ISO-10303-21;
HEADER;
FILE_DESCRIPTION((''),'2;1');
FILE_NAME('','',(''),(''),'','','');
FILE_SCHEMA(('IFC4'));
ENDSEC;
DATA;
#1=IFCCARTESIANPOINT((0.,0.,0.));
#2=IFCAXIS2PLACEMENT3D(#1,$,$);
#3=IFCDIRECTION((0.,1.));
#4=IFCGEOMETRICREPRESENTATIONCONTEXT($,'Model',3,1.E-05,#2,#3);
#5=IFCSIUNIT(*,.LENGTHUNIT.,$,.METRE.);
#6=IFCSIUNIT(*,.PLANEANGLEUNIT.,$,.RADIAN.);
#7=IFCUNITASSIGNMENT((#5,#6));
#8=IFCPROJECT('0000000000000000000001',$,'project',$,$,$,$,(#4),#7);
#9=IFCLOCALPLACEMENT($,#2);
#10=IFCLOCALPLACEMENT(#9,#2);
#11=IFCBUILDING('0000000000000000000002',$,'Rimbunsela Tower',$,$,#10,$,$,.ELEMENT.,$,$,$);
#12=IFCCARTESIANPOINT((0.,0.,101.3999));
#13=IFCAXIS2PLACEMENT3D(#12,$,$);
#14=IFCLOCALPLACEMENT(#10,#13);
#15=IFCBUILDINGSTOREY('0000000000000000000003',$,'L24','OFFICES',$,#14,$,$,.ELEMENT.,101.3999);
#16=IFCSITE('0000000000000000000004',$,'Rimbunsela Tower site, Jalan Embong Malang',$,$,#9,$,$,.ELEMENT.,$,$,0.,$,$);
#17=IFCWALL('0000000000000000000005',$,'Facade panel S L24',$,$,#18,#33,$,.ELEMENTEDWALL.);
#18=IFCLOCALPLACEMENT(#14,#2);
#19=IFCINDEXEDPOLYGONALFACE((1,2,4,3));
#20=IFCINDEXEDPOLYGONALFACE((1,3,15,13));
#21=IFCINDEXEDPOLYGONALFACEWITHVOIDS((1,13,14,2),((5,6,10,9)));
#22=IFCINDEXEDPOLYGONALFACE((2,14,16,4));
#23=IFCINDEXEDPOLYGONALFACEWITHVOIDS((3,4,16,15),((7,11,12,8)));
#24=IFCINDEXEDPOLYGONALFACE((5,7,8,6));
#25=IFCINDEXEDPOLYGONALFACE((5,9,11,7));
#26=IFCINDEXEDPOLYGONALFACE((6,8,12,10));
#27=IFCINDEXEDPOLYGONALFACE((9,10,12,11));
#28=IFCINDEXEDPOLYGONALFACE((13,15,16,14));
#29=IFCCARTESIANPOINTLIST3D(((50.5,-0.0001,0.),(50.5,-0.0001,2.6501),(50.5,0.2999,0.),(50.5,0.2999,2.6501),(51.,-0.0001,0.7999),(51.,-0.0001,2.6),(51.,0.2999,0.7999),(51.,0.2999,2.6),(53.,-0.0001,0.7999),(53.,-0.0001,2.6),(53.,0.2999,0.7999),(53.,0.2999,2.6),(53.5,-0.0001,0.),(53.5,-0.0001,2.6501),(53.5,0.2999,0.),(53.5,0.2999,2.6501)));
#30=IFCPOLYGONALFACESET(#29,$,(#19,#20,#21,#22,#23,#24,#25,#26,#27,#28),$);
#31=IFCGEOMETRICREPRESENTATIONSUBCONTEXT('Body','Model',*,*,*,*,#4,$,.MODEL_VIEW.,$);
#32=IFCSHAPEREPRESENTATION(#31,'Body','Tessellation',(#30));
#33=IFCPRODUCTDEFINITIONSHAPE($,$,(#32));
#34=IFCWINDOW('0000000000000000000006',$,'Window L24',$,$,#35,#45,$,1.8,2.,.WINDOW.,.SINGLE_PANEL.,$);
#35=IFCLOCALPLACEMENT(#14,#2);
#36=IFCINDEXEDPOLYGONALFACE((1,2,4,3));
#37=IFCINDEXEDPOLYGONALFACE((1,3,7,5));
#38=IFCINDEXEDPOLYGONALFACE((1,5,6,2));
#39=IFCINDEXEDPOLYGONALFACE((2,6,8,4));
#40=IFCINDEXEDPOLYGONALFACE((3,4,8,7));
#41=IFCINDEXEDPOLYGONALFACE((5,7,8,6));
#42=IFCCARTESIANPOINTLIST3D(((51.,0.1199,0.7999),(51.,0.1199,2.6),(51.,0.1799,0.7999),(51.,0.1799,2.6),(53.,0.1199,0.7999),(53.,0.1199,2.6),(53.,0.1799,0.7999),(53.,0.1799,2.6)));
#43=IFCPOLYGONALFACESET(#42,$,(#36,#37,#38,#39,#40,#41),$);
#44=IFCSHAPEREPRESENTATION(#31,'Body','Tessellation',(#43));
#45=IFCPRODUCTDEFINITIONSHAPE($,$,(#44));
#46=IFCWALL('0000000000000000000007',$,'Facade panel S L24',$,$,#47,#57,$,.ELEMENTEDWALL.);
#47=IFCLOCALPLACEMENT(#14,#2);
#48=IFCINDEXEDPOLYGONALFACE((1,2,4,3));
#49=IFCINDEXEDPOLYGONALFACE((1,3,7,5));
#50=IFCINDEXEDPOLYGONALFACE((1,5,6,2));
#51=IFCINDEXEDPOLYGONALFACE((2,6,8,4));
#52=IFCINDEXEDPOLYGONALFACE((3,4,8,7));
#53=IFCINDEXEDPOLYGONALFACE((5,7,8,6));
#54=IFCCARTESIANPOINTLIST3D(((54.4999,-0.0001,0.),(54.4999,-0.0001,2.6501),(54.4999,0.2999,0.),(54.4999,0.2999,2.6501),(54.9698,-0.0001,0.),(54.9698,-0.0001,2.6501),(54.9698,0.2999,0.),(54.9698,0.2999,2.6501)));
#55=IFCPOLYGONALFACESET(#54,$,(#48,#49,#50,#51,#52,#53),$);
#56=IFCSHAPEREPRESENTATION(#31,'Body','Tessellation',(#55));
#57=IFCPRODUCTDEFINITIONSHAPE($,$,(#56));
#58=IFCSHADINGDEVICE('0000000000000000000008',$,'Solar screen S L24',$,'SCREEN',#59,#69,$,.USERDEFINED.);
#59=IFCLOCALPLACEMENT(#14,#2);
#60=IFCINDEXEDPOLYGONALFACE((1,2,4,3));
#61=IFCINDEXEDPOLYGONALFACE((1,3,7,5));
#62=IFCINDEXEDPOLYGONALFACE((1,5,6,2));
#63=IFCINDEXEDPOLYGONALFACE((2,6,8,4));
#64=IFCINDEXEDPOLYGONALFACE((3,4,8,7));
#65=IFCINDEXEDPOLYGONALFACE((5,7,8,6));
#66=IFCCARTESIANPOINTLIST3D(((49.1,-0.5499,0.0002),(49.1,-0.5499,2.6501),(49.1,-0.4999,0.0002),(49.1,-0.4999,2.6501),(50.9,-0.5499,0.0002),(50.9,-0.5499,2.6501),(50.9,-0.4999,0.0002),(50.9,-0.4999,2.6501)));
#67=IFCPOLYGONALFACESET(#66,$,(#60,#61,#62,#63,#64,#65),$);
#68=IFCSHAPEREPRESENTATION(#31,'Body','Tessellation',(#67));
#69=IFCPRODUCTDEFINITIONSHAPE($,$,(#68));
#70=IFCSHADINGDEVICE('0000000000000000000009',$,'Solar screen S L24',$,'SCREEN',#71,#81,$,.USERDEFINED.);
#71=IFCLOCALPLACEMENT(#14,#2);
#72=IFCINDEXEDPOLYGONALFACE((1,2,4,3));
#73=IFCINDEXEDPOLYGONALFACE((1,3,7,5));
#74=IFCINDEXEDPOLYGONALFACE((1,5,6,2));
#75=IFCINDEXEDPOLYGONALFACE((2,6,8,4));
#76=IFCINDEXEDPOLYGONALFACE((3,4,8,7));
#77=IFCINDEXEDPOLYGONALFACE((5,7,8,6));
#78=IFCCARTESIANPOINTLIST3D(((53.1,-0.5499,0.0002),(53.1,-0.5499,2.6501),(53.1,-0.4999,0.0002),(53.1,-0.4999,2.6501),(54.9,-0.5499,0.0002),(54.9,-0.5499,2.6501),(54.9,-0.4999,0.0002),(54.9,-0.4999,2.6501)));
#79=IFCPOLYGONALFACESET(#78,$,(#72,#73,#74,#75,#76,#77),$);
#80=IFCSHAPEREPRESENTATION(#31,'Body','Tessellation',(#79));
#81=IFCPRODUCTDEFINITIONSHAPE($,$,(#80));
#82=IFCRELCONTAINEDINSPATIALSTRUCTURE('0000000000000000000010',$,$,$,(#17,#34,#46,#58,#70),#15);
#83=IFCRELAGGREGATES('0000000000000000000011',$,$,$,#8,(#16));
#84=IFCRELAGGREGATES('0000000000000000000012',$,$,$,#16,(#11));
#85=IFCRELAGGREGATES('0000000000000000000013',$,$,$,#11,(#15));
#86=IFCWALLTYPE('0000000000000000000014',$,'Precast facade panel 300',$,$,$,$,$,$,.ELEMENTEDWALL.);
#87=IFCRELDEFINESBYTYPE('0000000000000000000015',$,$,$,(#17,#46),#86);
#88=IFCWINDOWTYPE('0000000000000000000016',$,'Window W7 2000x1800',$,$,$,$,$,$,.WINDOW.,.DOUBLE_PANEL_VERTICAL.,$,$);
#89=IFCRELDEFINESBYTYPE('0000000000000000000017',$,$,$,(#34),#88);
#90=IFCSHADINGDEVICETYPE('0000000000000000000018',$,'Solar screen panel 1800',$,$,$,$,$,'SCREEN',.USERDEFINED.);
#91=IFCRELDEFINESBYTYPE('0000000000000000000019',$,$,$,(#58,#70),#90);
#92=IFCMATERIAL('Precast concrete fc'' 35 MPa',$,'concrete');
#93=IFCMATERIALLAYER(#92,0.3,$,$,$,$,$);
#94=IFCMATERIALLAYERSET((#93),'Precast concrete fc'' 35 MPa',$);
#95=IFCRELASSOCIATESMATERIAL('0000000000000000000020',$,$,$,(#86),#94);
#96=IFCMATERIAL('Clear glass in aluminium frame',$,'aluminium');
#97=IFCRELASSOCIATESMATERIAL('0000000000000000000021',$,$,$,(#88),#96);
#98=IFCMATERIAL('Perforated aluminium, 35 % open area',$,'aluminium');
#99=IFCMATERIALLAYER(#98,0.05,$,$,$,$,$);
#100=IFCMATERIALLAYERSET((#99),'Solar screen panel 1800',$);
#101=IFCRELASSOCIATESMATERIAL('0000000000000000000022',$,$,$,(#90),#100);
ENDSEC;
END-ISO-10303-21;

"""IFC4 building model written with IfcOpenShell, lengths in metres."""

from ifc_helpers import new_model, si_unit, direction, frame, frame_2d, origin, origin_2d, place, context, subcontext, project, spatial, rectangle, extrude, material, layer, layer_set, type_object, element, fill, save


model = new_model("IFC4")

# Units and contexts
model_context = context("Model", 3, precision=1e-05, world=origin(), true_north=direction((0.0, 1.0)))
body_context = subcontext(model_context, "Body", "Model", "MODEL_VIEW")
ifc_project = project(units=[si_unit("LENGTHUNIT", "METRE"), si_unit("PLANEANGLEUNIT", "RADIAN")], contexts=[model_context])

# Site, building, storey
site_placement = place(None, origin())
site = spatial("IfcSite", under=ifc_project, at=site_placement, Name="Rimbunsela Tower site, Jalan Embong Malang", CompositionType="ELEMENT", RefElevation=0.0)
building_placement = place(site_placement, origin())
building = spatial("IfcBuilding", under=site, at=building_placement, Name="Rimbunsela Tower", CompositionType="ELEMENT")
storey_placement = place(building_placement, frame((0.0, 0.0, 101.3999)))
storey = spatial("IfcBuildingStorey", under=building, at=storey_placement, Name="L24", Description="OFFICES", CompositionType="ELEMENT", Elevation=101.3999)

# Wall, opening, window
ifc_material_1 = material(Name="Precast concrete fc' 35 MPa", Category="concrete")
ifc_layer_1 = layer(ifc_material_1, 0.3)
ifc_layer_set_1 = layer_set([ifc_layer_1], Name="Precast concrete fc' 35 MPa")
wall_type_1 = type_object("IfcWallType", Name="Precast facade panel 300", PredefinedType="ELEMENTEDWALL", material=ifc_layer_set_1)
ifc_material_2 = material(Name="Clear glass in aluminium frame", Category="aluminium")
window_type = type_object("IfcWindowType", Name="Window W7 2000x1800", PartitioningType="DOUBLE_PANEL_VERTICAL", PredefinedType="WINDOW", material=ifc_material_2)
wall_1_placement = place(storey_placement, frame((50.5, 0.1499, 0.0), z_axis=(0.0, 0.0, 1.0), x_axis=(1.0, 0.0, 0.0)))
wall_1 = element("IfcWall", 1, at=wall_1_placement, inside=storey, type_object=wall_type_1, Name="Facade panel S L24", PredefinedType="ELEMENTEDWALL", context=body_context, shape_type="SweptSolid", body=[
    extrude(rectangle(XDim=3.0, YDim=0.3, at=frame_2d((1.5, 0.0))), origin(), (0.0, 0.0, 1.0), 2.6501),
])
opening_1_placement = place(wall_1_placement, frame((0.5, 0.0, 0.8)))
opening_1 = element("IfcOpeningElement", 2, at=opening_1_placement, cuts=wall_1, PredefinedType="OPENING", context=body_context, shape_type="SweptSolid", body=[
    extrude(rectangle(XDim=2.0, YDim=1.8, at=frame_2d((1.0, 0.8999))), frame((0.0, 0.1599, 0.0), z_axis=(0.0, -1.0, 0.0), x_axis=(1.0, 0.0, 0.0)), (0.0, 0.0, 1.0), 0.3201),
])
window_1_placement = place(opening_1_placement, origin())
window_1 = element("IfcWindow", 3, at=window_1_placement, inside=storey, type_object=window_type, Name="Window L24", OverallHeight=1.8, OverallWidth=2.0, PartitioningType="SINGLE_PANEL", PredefinedType="WINDOW", context=body_context, shape_type="SweptSolid", body=[
    extrude(rectangle(XDim=2.0, YDim=1.8, at=frame_2d((1.0, 0.8999))), frame((0.0, 0.03, 0.0), z_axis=(0.0, -1.0, 0.0), x_axis=(1.0, 0.0, 0.0)), (0.0, 0.0, 1.0), 0.0601),
])
fill(opening_1, window_1)

# Wall
wall_2_placement = place(storey_placement, frame((54.5, 0.1499, 0.0), z_axis=(0.0, 0.0, 1.0), x_axis=(1.0, 0.0, 0.0)))
element("IfcWall", 4, at=wall_2_placement, inside=storey, type_object=wall_type_1, Name="Facade panel S L24", PredefinedType="ELEMENTEDWALL", context=body_context, shape_type="SweptSolid", body=[
    extrude(rectangle(XDim=0.47, YDim=0.3, at=frame_2d((0.2349, 0.0))), origin(), (0.0, 0.0, 1.0), 2.6501),
])

# Shading devices
ifc_material_3 = material(Name="Perforated aluminium, 35 % open area", Category="aluminium")
ifc_layer_2 = layer(ifc_material_3, 0.05)
ifc_layer_set_2 = layer_set([ifc_layer_2], Name="Solar screen panel 1800")
shading_device_type = type_object("IfcShadingDeviceType", Name="Solar screen panel 1800", ElementType="SCREEN", PredefinedType="USERDEFINED", material=ifc_layer_set_2)
for number, where, z_axis, x_axis, name in (
    (5, (50.0, -0.5249, 0.0002), (0.0, 0.0, 1.0), (1.0, 0.0, 0.0), "Solar screen S L24"),
    (6, (54.0, -0.5249, 0.0002), (0.0, 0.0, 1.0), (1.0, 0.0, 0.0), "Solar screen S L24"),
):
    element("IfcShadingDevice", number, at=place(storey_placement, frame(where, z_axis=z_axis, x_axis=x_axis)), inside=storey, type_object=shading_device_type, Name=name, ObjectType="SCREEN", PredefinedType="USERDEFINED", context=body_context, shape_type="SweptSolid", body=[
        extrude(rectangle(XDim=1.8, YDim=0.05, at=origin_2d()), origin(), (0.0, 0.0, 1.0), 2.6499),
    ])

save(model, "model.ifc")
